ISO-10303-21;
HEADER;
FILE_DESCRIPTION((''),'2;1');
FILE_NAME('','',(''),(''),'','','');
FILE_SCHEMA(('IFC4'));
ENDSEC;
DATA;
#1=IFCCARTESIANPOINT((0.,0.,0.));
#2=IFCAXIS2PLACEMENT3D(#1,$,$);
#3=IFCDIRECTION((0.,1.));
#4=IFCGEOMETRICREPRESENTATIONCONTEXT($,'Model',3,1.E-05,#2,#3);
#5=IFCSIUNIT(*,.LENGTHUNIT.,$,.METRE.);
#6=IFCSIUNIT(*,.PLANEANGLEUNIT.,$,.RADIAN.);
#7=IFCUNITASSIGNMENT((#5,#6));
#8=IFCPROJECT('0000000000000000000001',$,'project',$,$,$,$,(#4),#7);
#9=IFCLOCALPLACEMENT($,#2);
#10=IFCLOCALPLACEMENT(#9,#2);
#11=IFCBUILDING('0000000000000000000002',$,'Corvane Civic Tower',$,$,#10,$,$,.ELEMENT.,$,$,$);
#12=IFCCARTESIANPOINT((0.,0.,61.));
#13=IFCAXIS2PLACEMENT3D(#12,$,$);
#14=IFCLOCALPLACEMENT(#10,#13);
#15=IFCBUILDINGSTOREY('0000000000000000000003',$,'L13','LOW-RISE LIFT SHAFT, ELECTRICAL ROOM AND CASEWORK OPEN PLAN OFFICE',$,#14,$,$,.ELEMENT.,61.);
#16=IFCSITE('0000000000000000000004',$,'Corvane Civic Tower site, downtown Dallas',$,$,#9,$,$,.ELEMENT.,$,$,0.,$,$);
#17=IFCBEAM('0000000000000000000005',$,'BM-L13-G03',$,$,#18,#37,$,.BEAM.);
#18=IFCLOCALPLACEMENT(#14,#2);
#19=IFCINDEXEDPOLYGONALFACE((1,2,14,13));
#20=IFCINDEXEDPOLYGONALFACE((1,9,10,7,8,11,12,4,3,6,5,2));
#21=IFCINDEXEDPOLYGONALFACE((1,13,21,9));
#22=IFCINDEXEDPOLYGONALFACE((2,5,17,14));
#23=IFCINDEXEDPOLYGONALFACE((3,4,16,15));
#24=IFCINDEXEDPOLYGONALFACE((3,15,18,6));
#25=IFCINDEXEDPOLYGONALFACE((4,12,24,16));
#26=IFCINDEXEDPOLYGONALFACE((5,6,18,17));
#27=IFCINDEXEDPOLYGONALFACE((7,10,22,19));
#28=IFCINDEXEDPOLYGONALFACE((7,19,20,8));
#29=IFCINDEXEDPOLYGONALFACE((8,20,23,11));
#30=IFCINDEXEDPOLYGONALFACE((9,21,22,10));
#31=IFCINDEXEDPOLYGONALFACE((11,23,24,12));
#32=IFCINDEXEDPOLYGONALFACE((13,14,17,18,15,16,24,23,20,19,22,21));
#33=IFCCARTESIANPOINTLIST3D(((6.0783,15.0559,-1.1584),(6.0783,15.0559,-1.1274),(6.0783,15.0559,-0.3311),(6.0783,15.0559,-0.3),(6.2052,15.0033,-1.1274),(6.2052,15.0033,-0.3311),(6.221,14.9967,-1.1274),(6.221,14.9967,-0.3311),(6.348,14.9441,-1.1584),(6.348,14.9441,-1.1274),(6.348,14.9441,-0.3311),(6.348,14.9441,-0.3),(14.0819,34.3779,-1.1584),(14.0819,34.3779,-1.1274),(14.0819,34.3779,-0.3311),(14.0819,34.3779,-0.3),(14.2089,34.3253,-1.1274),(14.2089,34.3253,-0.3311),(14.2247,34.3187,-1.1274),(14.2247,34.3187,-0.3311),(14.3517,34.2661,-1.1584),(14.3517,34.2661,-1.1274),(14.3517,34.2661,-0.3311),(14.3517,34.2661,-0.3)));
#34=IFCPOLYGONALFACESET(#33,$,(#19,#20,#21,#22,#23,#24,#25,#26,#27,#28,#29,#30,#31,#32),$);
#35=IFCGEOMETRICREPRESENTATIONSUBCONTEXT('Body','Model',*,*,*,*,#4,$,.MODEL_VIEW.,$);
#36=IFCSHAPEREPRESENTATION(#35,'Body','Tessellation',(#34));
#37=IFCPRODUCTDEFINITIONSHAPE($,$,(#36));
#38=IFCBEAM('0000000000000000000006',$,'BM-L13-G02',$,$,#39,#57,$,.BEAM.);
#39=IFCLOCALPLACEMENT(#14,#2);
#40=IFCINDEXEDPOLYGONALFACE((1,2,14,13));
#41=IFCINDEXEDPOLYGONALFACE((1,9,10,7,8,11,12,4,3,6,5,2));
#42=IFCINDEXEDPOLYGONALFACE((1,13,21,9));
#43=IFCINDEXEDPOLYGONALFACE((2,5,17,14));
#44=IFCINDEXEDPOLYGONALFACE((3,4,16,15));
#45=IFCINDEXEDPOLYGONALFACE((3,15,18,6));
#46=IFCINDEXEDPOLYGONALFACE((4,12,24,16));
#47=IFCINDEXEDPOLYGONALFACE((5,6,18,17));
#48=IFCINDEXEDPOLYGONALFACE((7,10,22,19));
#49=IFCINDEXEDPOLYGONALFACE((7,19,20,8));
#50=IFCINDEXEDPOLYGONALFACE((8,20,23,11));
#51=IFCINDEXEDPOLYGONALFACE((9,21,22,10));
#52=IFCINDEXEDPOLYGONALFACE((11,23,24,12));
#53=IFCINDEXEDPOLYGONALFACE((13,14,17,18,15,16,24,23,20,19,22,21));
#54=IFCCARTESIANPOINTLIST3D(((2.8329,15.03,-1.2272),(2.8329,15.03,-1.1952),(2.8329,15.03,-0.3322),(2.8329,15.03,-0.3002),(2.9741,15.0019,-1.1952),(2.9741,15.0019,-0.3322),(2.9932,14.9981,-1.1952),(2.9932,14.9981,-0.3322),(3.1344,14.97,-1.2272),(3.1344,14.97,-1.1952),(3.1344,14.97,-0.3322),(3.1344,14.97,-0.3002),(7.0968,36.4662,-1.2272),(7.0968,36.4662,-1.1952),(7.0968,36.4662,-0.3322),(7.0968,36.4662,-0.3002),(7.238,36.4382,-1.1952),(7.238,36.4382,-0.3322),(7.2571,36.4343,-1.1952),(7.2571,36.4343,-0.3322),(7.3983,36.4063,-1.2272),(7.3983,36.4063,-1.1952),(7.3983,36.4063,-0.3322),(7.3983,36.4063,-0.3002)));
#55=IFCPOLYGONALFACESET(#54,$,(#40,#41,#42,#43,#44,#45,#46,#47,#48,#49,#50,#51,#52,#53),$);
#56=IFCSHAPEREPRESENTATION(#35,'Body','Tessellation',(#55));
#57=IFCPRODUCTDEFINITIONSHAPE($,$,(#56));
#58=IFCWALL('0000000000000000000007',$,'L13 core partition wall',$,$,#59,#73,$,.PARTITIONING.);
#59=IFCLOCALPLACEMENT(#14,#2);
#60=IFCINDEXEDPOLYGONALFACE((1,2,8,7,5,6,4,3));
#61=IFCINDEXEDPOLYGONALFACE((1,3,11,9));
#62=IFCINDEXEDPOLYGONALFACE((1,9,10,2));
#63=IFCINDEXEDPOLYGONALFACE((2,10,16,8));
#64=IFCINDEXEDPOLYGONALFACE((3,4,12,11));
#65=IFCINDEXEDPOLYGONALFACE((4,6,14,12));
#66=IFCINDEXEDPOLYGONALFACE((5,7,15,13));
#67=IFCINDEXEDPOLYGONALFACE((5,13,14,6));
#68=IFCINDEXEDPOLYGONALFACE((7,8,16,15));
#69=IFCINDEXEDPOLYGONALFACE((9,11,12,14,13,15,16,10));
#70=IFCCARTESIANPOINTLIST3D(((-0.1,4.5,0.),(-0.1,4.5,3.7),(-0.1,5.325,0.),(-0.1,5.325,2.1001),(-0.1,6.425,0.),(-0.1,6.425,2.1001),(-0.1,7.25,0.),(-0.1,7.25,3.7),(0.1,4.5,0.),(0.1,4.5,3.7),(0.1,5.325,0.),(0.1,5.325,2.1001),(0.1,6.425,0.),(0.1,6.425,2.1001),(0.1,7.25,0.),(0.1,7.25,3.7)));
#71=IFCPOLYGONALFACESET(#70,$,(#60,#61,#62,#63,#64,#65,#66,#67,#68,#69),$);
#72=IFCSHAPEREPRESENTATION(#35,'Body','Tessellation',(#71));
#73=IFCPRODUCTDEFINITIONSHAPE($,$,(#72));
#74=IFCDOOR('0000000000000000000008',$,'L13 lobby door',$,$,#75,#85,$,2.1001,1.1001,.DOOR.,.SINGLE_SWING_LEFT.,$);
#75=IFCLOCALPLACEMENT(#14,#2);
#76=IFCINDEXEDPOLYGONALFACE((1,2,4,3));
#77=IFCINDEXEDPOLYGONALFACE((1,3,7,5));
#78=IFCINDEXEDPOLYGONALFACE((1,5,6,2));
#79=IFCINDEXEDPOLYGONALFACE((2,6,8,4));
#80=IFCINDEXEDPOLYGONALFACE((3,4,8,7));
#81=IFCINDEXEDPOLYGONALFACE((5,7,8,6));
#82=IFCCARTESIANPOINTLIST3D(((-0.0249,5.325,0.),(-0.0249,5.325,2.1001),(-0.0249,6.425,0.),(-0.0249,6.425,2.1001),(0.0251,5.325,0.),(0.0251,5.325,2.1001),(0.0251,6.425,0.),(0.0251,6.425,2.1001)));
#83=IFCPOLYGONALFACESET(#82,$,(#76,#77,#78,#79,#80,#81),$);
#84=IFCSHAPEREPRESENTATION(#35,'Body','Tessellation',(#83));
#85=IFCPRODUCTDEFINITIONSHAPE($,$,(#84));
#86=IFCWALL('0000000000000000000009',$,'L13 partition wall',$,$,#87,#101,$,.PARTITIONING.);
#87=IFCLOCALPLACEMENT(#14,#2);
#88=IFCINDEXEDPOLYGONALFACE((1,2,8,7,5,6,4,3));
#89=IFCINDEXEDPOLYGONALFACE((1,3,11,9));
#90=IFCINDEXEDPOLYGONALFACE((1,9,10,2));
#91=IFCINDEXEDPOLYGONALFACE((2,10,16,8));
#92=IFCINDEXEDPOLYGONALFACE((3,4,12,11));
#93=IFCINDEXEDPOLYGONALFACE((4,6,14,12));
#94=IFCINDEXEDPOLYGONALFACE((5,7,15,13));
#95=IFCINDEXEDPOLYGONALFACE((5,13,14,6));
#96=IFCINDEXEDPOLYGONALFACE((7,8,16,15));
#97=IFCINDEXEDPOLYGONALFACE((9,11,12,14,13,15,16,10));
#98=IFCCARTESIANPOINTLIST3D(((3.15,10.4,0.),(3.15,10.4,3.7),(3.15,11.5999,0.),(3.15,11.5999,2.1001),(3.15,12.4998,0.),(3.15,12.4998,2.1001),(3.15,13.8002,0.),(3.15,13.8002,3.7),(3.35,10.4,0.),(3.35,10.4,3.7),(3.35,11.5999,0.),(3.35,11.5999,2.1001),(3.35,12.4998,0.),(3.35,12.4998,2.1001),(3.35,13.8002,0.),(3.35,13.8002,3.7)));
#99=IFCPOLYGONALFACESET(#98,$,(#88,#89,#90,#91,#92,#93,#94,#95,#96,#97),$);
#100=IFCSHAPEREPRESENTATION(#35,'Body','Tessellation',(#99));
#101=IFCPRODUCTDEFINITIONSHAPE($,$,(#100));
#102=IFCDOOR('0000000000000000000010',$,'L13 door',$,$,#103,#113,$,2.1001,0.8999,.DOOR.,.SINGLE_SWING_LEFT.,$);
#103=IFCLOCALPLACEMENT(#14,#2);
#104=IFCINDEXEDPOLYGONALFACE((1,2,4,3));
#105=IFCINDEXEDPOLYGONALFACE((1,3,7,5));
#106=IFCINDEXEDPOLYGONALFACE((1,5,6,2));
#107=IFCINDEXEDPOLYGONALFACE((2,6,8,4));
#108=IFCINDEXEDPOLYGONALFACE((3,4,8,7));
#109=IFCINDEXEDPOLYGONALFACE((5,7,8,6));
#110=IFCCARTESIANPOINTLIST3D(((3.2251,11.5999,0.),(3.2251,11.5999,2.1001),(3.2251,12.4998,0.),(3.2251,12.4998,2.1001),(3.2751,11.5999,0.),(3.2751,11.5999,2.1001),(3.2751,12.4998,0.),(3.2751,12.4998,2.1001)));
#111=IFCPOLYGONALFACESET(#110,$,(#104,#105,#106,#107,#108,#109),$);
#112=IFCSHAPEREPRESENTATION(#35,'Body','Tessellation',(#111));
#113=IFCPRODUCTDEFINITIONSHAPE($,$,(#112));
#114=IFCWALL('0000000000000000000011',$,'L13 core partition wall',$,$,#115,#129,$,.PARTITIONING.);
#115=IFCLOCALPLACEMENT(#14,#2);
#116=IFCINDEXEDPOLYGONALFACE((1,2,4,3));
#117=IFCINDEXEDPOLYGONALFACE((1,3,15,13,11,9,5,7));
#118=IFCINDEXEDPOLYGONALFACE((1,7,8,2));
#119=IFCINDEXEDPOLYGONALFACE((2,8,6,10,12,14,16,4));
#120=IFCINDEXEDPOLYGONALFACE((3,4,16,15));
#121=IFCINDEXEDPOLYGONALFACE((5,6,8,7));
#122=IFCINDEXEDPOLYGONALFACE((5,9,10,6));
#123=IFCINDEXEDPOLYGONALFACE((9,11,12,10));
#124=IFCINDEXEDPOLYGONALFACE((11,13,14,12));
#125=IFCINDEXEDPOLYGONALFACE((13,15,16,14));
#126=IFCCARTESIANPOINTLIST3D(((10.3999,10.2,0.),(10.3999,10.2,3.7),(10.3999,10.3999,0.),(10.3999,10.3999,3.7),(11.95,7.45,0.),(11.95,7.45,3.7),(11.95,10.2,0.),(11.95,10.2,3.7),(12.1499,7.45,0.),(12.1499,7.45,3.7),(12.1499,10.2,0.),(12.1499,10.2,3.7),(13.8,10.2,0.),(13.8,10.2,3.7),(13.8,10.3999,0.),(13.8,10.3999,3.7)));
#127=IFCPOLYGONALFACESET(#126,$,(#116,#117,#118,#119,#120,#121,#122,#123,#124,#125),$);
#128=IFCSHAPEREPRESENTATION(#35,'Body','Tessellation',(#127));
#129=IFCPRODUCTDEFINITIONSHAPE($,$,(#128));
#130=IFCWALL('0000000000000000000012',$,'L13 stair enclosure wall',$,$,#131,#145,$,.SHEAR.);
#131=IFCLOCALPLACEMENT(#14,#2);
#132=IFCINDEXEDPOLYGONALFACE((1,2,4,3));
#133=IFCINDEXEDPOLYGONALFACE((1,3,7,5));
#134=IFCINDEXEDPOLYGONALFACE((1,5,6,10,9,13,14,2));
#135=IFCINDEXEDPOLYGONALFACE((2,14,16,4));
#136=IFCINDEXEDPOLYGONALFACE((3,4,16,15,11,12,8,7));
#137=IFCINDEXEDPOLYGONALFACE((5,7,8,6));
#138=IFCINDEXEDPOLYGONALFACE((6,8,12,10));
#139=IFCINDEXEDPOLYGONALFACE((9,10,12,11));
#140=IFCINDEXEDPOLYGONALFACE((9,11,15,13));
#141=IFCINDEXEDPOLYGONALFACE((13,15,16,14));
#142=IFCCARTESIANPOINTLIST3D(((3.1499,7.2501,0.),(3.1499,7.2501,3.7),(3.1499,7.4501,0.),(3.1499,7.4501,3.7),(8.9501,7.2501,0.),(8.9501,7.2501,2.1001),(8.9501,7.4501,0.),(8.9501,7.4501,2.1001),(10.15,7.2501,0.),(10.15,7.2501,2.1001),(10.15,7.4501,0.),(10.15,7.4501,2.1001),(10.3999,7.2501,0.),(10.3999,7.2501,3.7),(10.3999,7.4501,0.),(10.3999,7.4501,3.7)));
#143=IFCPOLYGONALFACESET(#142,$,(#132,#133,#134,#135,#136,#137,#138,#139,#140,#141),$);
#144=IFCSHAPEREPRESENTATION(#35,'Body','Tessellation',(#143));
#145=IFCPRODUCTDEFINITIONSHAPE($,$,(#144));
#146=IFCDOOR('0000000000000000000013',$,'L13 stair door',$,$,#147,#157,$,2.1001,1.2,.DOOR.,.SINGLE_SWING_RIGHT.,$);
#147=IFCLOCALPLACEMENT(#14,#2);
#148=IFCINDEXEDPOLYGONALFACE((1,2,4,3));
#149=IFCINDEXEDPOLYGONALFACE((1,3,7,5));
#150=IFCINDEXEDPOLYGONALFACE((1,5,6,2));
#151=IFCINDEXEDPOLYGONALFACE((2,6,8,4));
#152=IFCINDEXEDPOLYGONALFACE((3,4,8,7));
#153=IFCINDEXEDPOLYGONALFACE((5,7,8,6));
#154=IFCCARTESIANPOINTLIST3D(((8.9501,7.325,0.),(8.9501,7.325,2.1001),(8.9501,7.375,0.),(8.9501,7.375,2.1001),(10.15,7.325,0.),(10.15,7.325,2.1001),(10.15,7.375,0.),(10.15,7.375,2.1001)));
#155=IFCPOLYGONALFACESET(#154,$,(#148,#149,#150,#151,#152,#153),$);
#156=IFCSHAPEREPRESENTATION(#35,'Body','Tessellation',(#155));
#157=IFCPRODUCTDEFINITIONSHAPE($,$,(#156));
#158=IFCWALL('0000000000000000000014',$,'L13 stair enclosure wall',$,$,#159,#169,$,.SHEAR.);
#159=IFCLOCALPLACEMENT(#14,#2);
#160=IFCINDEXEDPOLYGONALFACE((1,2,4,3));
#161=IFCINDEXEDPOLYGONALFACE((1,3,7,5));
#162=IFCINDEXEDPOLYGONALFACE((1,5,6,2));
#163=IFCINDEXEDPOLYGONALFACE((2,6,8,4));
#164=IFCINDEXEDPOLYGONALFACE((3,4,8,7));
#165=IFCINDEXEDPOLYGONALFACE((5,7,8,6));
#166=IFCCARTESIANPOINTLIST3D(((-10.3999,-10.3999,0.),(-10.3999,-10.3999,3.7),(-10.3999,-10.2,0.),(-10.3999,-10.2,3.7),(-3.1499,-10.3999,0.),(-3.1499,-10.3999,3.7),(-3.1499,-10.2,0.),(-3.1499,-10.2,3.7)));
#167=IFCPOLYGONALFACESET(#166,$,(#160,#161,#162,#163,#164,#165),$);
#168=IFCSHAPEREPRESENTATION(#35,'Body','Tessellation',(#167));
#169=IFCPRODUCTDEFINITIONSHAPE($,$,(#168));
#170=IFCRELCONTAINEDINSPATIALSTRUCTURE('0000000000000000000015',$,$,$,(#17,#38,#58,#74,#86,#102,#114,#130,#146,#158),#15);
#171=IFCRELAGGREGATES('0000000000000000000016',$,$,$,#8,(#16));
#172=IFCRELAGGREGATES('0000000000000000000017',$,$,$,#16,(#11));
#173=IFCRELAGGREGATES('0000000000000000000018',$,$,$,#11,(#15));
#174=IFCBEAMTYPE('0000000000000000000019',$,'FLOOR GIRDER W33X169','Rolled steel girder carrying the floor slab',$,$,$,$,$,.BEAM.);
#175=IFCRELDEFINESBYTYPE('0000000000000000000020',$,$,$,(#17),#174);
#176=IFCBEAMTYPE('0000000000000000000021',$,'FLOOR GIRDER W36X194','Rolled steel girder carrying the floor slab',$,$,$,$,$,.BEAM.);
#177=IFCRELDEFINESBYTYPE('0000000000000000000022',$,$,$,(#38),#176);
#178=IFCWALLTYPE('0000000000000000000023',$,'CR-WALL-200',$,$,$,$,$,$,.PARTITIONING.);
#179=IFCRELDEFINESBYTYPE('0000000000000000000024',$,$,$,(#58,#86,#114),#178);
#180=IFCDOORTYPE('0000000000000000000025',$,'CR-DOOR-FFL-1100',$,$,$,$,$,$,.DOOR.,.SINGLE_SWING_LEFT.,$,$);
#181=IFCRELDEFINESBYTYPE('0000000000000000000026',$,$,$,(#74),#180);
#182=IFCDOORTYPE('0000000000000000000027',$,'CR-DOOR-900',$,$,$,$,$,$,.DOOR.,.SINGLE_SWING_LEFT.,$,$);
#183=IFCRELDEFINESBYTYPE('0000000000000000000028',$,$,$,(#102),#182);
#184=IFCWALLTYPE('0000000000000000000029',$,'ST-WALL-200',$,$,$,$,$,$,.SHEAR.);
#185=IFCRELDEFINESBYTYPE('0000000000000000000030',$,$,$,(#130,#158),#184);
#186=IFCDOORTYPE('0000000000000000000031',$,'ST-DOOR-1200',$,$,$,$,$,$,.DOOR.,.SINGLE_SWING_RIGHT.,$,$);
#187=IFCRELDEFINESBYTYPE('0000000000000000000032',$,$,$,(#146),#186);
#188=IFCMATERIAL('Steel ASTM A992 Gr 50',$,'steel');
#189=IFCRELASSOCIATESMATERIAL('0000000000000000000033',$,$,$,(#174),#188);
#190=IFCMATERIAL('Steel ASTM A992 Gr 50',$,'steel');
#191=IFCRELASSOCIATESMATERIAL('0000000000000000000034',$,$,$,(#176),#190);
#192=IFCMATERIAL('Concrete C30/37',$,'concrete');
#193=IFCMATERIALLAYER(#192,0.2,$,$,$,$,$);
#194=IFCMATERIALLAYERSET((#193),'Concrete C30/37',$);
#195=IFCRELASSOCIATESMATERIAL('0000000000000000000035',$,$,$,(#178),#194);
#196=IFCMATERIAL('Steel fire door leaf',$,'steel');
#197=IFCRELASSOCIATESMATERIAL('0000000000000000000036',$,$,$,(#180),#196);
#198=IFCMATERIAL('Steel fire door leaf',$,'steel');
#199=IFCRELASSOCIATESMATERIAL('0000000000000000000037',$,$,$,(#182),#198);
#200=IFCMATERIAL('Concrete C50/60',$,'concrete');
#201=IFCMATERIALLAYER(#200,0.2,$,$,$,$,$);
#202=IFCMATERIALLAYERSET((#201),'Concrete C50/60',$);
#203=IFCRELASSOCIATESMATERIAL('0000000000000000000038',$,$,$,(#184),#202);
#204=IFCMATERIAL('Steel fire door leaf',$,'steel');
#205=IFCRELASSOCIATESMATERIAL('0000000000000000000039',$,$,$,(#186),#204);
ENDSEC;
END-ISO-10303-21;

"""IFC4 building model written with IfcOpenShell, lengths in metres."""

from ifc_helpers import new_model, si_unit, direction, frame, frame_2d, origin, origin_2d, place, context, subcontext, project, spatial, polyline, rectangle, i_section, outline, extrude, material, layer, layer_set, material_profile, profile_set, type_object, element, fill, save


model = new_model("IFC4")

# Units and contexts
model_context = context("Model", 3, precision=1e-05, world=origin(), true_north=direction((0.0, 1.0)))
body_context = subcontext(model_context, "Body", "Model", "MODEL_VIEW")
ifc_project = project(units=[si_unit("LENGTHUNIT", "METRE"), si_unit("PLANEANGLEUNIT", "RADIAN")], contexts=[model_context])

# Site, building, storey
site_placement = place(None, origin())
site = spatial("IfcSite", under=ifc_project, at=site_placement, Name="Corvane Civic Tower site, downtown Dallas", CompositionType="ELEMENT", RefElevation=0.0)
building_placement = place(site_placement, origin())
building = spatial("IfcBuilding", under=site, at=building_placement, Name="Corvane Civic Tower", CompositionType="ELEMENT")
storey_placement = place(building_placement, frame((0.0, 0.0, 61.0)))
storey = spatial("IfcBuildingStorey", under=building, at=storey_placement, Name="L13", Description="LOW-RISE LIFT SHAFT, ELECTRICAL ROOM AND CASEWORK OPEN PLAN OFFICE", CompositionType="ELEMENT", Elevation=61.0)

# Beams
ifc_material_1 = material(Name="Steel ASTM A992 Gr 50", Category="steel")
ifc_material_profile_1 = material_profile(ifc_material_1, i_section(OverallWidth=0.292, OverallDepth=0.8584, WebThickness=0.0171, FlangeThickness=0.031, at=origin_2d()), Name="W33X169")
ifc_profile_set_1 = profile_set([ifc_material_profile_1], Name="Steel ASTM A992 Gr 50")
beam_type_1 = type_object("IfcBeamType", Name="FLOOR GIRDER W33X169", Description="Rolled steel girder carrying the floor slab", PredefinedType="BEAM", material=ifc_profile_set_1)
beam_1_placement = place(storey_placement, frame((6.2131, 15.0, -0.7292), z_axis=(0.382692, 0.923876, 0.0), x_axis=(-0.923876, 0.382692, 0.0)))
element("IfcBeam", 1, at=beam_1_placement, inside=storey, type_object=beam_type_1, Name="BM-L13-G03", PredefinedType="BEAM", context=body_context, shape_type="SweptSolid", body=[
    extrude(i_section(OverallWidth=0.292, OverallDepth=0.8584, WebThickness=0.0171, FlangeThickness=0.031, at=origin_2d()), origin(), (0.0, 0.0, 1.0), 20.9141),
])
ifc_material_2 = material(Name="Steel ASTM A992 Gr 50", Category="steel")
ifc_material_profile_2 = material_profile(ifc_material_2, i_section(OverallWidth=0.3074, OverallDepth=0.927, WebThickness=0.0195, FlangeThickness=0.032, at=origin_2d()), Name="W36X194")
ifc_profile_set_2 = profile_set([ifc_material_profile_2], Name="Steel ASTM A992 Gr 50")
beam_type_2 = type_object("IfcBeamType", Name="FLOOR GIRDER W36X194", Description="Rolled steel girder carrying the floor slab", PredefinedType="BEAM", material=ifc_profile_set_2)
beam_2_placement = place(storey_placement, frame((2.9836, 15.0, -0.7637), z_axis=(0.195089, 0.980785, 0.0), x_axis=(-0.980785, 0.195089, 0.0)))
element("IfcBeam", 2, at=beam_2_placement, inside=storey, type_object=beam_type_2, Name="BM-L13-G02", PredefinedType="BEAM", context=body_context, shape_type="SweptSolid", body=[
    extrude(i_section(OverallWidth=0.3074, OverallDepth=0.927, WebThickness=0.0195, FlangeThickness=0.032, at=origin_2d()), origin(), (0.0, 0.0, 1.0), 21.8562),
])

# Walls, openings, doors
ifc_material_3 = material(Name="Concrete C30/37", Category="concrete")
ifc_layer_1 = layer(ifc_material_3, 0.2)
ifc_layer_set_1 = layer_set([ifc_layer_1], Name="Concrete C30/37")
wall_type_1 = type_object("IfcWallType", Name="CR-WALL-200", PredefinedType="PARTITIONING", material=ifc_layer_set_1)
wall_1_placement = place(storey_placement, frame((0.0, 4.5, 0.0), z_axis=(0.0, 0.0, 1.0), x_axis=(0.0, 1.0, 0.0)))
wall_1 = element("IfcWall", 3, at=wall_1_placement, inside=storey, type_object=wall_type_1, Name="L13 core partition wall", PredefinedType="PARTITIONING", context=body_context, shape_type="SweptSolid", body=[
    extrude(rectangle(XDim=2.75, YDim=0.2, at=frame_2d((1.375, 0.0))), origin(), (0.0, 0.0, 1.0), 3.7),
])
opening_1_placement = place(wall_1_placement, frame((0.825, 0.0, 0.0)))
opening_1 = element("IfcOpeningElement", 4, at=opening_1_placement, cuts=wall_1, PredefinedType="OPENING", context=body_context, shape_type="SweptSolid", body=[
    extrude(rectangle(XDim=1.1001, YDim=2.1001, at=frame_2d((0.55, 1.05))), frame((0.0, 0.1099, 0.0), z_axis=(0.0, -1.0, 0.0), x_axis=(1.0, 0.0, 0.0)), (0.0, 0.0, 1.0), 0.22),
])
ifc_material_4 = material(Name="Steel fire door leaf", Category="steel")
door_type_1 = type_object("IfcDoorType", Name="CR-DOOR-FFL-1100", OperationType="SINGLE_SWING_LEFT", PredefinedType="DOOR", material=ifc_material_4)
door_1_placement = place(opening_1_placement, origin())
door_1 = element("IfcDoor", 5, at=door_1_placement, inside=storey, type_object=door_type_1, Name="L13 lobby door", OperationType="SINGLE_SWING_LEFT", OverallHeight=2.1001, OverallWidth=1.1001, PredefinedType="DOOR", context=body_context, shape_type="SweptSolid", body=[
    extrude(rectangle(XDim=1.1001, YDim=2.1001, at=frame_2d((0.55, 1.05))), frame((0.0, 0.0249, 0.0), z_axis=(0.0, -1.0, 0.0), x_axis=(1.0, 0.0, 0.0)), (0.0, 0.0, 1.0), 0.05),
])
fill(opening_1, door_1)
wall_2_placement = place(storey_placement, frame((3.25, 10.3999, 0.0), z_axis=(0.0, 0.0, 1.0), x_axis=(0.0, 1.0, 0.0)))
wall_2 = element("IfcWall", 6, at=wall_2_placement, inside=storey, type_object=wall_type_1, Name="L13 partition wall", PredefinedType="PARTITIONING", context=body_context, shape_type="SweptSolid", body=[
    extrude(rectangle(XDim=3.4001, YDim=0.2, at=frame_2d((1.7002, 0.0))), origin(), (0.0, 0.0, 1.0), 3.7),
])
opening_2_placement = place(wall_2_placement, frame((1.2, 0.0, 0.0)))
opening_2 = element("IfcOpeningElement", 7, at=opening_2_placement, cuts=wall_2, PredefinedType="OPENING", context=body_context, shape_type="SweptSolid", body=[
    extrude(rectangle(XDim=0.8999, YDim=2.1001, at=frame_2d((0.45, 1.05))), frame((0.0, 0.1099, 0.0), z_axis=(0.0, -1.0, 0.0), x_axis=(1.0, 0.0, 0.0)), (0.0, 0.0, 1.0), 0.22),
])
ifc_material_5 = material(Name="Steel fire door leaf", Category="steel")
door_type_2 = type_object("IfcDoorType", Name="CR-DOOR-900", OperationType="SINGLE_SWING_LEFT", PredefinedType="DOOR", material=ifc_material_5)
door_2_placement = place(opening_2_placement, origin())
door_2 = element("IfcDoor", 8, at=door_2_placement, inside=storey, type_object=door_type_2, Name="L13 door", OperationType="SINGLE_SWING_LEFT", OverallHeight=2.1001, OverallWidth=0.8999, PredefinedType="DOOR", context=body_context, shape_type="SweptSolid", body=[
    extrude(rectangle(XDim=0.8999, YDim=2.1001, at=frame_2d((0.45, 1.05))), frame((0.0, 0.0249, 0.0), z_axis=(0.0, -1.0, 0.0), x_axis=(1.0, 0.0, 0.0)), (0.0, 0.0, 1.0), 0.05),
])
fill(opening_2, door_2)

# Wall
wall_3_placement = place(storey_placement, origin())
element("IfcWall", 9, at=wall_3_placement, inside=storey, type_object=wall_type_1, Name="L13 core partition wall", PredefinedType="PARTITIONING", context=body_context, shape_type="SweptSolid", body=[
    extrude(outline(polyline([(13.8, 10.3999), (13.8, 10.2), (12.1499, 10.2), (12.1499, 7.45), (11.95, 7.45), (11.95, 10.2), (10.3999, 10.2), (10.3999, 10.3999), (13.8, 10.3999)])), origin(), (0.0, 0.0, 1.0), 3.7),
])

# Wall, opening, door
ifc_material_6 = material(Name="Concrete C50/60", Category="concrete")
ifc_layer_2 = layer(ifc_material_6, 0.2)
ifc_layer_set_2 = layer_set([ifc_layer_2], Name="Concrete C50/60")
wall_type_2 = type_object("IfcWallType", Name="ST-WALL-200", PredefinedType="SHEAR", material=ifc_layer_set_2)
wall_4_placement = place(storey_placement, frame((3.1499, 7.3501, 0.0), z_axis=(0.0, 0.0, 1.0), x_axis=(1.0, 0.0, 0.0)))
wall_4 = element("IfcWall", 10, at=wall_4_placement, inside=storey, type_object=wall_type_2, Name="L13 stair enclosure wall", PredefinedType="SHEAR", context=body_context, shape_type="SweptSolid", body=[
    extrude(rectangle(XDim=7.25, YDim=0.2, at=frame_2d((3.625, 0.0))), origin(), (0.0, 0.0, 1.0), 3.7),
])
opening_3_placement = place(wall_4_placement, frame((5.8, 0.0, 0.0)))
opening_3 = element("IfcOpeningElement", 11, at=opening_3_placement, cuts=wall_4, PredefinedType="OPENING", context=body_context, shape_type="SweptSolid", body=[
    extrude(rectangle(XDim=1.2, YDim=2.1001, at=frame_2d((0.6001, 1.05))), frame((0.0, 0.1099, 0.0), z_axis=(0.0, -1.0, 0.0), x_axis=(1.0, 0.0, 0.0)), (0.0, 0.0, 1.0), 0.22),
])
ifc_material_7 = material(Name="Steel fire door leaf", Category="steel")
door_type_3 = type_object("IfcDoorType", Name="ST-DOOR-1200", OperationType="SINGLE_SWING_RIGHT", PredefinedType="DOOR", material=ifc_material_7)
door_3_placement = place(opening_3_placement, origin())
door_3 = element("IfcDoor", 12, at=door_3_placement, inside=storey, type_object=door_type_3, Name="L13 stair door", OperationType="SINGLE_SWING_RIGHT", OverallHeight=2.1001, OverallWidth=1.2, PredefinedType="DOOR", context=body_context, shape_type="SweptSolid", body=[
    extrude(rectangle(XDim=1.2, YDim=2.1001, at=frame_2d((0.6001, 1.05))), frame((0.0, 0.0249, 0.0), z_axis=(0.0, -1.0, 0.0), x_axis=(1.0, 0.0, 0.0)), (0.0, 0.0, 1.0), 0.05),
])
fill(opening_3, door_3)

# Wall
wall_5_placement = place(storey_placement, origin())
element("IfcWall", 13, at=wall_5_placement, inside=storey, type_object=wall_type_2, Name="L13 stair enclosure wall", PredefinedType="SHEAR", context=body_context, shape_type="SweptSolid", body=[
    extrude(outline(polyline([(-3.1499, -10.2), (-3.1499, -10.3999), (-10.3999, -10.3999), (-10.3999, -10.2), (-3.1499, -10.2)])), origin(), (0.0, 0.0, 1.0), 3.7),
])

save(model, "model.ifc")
